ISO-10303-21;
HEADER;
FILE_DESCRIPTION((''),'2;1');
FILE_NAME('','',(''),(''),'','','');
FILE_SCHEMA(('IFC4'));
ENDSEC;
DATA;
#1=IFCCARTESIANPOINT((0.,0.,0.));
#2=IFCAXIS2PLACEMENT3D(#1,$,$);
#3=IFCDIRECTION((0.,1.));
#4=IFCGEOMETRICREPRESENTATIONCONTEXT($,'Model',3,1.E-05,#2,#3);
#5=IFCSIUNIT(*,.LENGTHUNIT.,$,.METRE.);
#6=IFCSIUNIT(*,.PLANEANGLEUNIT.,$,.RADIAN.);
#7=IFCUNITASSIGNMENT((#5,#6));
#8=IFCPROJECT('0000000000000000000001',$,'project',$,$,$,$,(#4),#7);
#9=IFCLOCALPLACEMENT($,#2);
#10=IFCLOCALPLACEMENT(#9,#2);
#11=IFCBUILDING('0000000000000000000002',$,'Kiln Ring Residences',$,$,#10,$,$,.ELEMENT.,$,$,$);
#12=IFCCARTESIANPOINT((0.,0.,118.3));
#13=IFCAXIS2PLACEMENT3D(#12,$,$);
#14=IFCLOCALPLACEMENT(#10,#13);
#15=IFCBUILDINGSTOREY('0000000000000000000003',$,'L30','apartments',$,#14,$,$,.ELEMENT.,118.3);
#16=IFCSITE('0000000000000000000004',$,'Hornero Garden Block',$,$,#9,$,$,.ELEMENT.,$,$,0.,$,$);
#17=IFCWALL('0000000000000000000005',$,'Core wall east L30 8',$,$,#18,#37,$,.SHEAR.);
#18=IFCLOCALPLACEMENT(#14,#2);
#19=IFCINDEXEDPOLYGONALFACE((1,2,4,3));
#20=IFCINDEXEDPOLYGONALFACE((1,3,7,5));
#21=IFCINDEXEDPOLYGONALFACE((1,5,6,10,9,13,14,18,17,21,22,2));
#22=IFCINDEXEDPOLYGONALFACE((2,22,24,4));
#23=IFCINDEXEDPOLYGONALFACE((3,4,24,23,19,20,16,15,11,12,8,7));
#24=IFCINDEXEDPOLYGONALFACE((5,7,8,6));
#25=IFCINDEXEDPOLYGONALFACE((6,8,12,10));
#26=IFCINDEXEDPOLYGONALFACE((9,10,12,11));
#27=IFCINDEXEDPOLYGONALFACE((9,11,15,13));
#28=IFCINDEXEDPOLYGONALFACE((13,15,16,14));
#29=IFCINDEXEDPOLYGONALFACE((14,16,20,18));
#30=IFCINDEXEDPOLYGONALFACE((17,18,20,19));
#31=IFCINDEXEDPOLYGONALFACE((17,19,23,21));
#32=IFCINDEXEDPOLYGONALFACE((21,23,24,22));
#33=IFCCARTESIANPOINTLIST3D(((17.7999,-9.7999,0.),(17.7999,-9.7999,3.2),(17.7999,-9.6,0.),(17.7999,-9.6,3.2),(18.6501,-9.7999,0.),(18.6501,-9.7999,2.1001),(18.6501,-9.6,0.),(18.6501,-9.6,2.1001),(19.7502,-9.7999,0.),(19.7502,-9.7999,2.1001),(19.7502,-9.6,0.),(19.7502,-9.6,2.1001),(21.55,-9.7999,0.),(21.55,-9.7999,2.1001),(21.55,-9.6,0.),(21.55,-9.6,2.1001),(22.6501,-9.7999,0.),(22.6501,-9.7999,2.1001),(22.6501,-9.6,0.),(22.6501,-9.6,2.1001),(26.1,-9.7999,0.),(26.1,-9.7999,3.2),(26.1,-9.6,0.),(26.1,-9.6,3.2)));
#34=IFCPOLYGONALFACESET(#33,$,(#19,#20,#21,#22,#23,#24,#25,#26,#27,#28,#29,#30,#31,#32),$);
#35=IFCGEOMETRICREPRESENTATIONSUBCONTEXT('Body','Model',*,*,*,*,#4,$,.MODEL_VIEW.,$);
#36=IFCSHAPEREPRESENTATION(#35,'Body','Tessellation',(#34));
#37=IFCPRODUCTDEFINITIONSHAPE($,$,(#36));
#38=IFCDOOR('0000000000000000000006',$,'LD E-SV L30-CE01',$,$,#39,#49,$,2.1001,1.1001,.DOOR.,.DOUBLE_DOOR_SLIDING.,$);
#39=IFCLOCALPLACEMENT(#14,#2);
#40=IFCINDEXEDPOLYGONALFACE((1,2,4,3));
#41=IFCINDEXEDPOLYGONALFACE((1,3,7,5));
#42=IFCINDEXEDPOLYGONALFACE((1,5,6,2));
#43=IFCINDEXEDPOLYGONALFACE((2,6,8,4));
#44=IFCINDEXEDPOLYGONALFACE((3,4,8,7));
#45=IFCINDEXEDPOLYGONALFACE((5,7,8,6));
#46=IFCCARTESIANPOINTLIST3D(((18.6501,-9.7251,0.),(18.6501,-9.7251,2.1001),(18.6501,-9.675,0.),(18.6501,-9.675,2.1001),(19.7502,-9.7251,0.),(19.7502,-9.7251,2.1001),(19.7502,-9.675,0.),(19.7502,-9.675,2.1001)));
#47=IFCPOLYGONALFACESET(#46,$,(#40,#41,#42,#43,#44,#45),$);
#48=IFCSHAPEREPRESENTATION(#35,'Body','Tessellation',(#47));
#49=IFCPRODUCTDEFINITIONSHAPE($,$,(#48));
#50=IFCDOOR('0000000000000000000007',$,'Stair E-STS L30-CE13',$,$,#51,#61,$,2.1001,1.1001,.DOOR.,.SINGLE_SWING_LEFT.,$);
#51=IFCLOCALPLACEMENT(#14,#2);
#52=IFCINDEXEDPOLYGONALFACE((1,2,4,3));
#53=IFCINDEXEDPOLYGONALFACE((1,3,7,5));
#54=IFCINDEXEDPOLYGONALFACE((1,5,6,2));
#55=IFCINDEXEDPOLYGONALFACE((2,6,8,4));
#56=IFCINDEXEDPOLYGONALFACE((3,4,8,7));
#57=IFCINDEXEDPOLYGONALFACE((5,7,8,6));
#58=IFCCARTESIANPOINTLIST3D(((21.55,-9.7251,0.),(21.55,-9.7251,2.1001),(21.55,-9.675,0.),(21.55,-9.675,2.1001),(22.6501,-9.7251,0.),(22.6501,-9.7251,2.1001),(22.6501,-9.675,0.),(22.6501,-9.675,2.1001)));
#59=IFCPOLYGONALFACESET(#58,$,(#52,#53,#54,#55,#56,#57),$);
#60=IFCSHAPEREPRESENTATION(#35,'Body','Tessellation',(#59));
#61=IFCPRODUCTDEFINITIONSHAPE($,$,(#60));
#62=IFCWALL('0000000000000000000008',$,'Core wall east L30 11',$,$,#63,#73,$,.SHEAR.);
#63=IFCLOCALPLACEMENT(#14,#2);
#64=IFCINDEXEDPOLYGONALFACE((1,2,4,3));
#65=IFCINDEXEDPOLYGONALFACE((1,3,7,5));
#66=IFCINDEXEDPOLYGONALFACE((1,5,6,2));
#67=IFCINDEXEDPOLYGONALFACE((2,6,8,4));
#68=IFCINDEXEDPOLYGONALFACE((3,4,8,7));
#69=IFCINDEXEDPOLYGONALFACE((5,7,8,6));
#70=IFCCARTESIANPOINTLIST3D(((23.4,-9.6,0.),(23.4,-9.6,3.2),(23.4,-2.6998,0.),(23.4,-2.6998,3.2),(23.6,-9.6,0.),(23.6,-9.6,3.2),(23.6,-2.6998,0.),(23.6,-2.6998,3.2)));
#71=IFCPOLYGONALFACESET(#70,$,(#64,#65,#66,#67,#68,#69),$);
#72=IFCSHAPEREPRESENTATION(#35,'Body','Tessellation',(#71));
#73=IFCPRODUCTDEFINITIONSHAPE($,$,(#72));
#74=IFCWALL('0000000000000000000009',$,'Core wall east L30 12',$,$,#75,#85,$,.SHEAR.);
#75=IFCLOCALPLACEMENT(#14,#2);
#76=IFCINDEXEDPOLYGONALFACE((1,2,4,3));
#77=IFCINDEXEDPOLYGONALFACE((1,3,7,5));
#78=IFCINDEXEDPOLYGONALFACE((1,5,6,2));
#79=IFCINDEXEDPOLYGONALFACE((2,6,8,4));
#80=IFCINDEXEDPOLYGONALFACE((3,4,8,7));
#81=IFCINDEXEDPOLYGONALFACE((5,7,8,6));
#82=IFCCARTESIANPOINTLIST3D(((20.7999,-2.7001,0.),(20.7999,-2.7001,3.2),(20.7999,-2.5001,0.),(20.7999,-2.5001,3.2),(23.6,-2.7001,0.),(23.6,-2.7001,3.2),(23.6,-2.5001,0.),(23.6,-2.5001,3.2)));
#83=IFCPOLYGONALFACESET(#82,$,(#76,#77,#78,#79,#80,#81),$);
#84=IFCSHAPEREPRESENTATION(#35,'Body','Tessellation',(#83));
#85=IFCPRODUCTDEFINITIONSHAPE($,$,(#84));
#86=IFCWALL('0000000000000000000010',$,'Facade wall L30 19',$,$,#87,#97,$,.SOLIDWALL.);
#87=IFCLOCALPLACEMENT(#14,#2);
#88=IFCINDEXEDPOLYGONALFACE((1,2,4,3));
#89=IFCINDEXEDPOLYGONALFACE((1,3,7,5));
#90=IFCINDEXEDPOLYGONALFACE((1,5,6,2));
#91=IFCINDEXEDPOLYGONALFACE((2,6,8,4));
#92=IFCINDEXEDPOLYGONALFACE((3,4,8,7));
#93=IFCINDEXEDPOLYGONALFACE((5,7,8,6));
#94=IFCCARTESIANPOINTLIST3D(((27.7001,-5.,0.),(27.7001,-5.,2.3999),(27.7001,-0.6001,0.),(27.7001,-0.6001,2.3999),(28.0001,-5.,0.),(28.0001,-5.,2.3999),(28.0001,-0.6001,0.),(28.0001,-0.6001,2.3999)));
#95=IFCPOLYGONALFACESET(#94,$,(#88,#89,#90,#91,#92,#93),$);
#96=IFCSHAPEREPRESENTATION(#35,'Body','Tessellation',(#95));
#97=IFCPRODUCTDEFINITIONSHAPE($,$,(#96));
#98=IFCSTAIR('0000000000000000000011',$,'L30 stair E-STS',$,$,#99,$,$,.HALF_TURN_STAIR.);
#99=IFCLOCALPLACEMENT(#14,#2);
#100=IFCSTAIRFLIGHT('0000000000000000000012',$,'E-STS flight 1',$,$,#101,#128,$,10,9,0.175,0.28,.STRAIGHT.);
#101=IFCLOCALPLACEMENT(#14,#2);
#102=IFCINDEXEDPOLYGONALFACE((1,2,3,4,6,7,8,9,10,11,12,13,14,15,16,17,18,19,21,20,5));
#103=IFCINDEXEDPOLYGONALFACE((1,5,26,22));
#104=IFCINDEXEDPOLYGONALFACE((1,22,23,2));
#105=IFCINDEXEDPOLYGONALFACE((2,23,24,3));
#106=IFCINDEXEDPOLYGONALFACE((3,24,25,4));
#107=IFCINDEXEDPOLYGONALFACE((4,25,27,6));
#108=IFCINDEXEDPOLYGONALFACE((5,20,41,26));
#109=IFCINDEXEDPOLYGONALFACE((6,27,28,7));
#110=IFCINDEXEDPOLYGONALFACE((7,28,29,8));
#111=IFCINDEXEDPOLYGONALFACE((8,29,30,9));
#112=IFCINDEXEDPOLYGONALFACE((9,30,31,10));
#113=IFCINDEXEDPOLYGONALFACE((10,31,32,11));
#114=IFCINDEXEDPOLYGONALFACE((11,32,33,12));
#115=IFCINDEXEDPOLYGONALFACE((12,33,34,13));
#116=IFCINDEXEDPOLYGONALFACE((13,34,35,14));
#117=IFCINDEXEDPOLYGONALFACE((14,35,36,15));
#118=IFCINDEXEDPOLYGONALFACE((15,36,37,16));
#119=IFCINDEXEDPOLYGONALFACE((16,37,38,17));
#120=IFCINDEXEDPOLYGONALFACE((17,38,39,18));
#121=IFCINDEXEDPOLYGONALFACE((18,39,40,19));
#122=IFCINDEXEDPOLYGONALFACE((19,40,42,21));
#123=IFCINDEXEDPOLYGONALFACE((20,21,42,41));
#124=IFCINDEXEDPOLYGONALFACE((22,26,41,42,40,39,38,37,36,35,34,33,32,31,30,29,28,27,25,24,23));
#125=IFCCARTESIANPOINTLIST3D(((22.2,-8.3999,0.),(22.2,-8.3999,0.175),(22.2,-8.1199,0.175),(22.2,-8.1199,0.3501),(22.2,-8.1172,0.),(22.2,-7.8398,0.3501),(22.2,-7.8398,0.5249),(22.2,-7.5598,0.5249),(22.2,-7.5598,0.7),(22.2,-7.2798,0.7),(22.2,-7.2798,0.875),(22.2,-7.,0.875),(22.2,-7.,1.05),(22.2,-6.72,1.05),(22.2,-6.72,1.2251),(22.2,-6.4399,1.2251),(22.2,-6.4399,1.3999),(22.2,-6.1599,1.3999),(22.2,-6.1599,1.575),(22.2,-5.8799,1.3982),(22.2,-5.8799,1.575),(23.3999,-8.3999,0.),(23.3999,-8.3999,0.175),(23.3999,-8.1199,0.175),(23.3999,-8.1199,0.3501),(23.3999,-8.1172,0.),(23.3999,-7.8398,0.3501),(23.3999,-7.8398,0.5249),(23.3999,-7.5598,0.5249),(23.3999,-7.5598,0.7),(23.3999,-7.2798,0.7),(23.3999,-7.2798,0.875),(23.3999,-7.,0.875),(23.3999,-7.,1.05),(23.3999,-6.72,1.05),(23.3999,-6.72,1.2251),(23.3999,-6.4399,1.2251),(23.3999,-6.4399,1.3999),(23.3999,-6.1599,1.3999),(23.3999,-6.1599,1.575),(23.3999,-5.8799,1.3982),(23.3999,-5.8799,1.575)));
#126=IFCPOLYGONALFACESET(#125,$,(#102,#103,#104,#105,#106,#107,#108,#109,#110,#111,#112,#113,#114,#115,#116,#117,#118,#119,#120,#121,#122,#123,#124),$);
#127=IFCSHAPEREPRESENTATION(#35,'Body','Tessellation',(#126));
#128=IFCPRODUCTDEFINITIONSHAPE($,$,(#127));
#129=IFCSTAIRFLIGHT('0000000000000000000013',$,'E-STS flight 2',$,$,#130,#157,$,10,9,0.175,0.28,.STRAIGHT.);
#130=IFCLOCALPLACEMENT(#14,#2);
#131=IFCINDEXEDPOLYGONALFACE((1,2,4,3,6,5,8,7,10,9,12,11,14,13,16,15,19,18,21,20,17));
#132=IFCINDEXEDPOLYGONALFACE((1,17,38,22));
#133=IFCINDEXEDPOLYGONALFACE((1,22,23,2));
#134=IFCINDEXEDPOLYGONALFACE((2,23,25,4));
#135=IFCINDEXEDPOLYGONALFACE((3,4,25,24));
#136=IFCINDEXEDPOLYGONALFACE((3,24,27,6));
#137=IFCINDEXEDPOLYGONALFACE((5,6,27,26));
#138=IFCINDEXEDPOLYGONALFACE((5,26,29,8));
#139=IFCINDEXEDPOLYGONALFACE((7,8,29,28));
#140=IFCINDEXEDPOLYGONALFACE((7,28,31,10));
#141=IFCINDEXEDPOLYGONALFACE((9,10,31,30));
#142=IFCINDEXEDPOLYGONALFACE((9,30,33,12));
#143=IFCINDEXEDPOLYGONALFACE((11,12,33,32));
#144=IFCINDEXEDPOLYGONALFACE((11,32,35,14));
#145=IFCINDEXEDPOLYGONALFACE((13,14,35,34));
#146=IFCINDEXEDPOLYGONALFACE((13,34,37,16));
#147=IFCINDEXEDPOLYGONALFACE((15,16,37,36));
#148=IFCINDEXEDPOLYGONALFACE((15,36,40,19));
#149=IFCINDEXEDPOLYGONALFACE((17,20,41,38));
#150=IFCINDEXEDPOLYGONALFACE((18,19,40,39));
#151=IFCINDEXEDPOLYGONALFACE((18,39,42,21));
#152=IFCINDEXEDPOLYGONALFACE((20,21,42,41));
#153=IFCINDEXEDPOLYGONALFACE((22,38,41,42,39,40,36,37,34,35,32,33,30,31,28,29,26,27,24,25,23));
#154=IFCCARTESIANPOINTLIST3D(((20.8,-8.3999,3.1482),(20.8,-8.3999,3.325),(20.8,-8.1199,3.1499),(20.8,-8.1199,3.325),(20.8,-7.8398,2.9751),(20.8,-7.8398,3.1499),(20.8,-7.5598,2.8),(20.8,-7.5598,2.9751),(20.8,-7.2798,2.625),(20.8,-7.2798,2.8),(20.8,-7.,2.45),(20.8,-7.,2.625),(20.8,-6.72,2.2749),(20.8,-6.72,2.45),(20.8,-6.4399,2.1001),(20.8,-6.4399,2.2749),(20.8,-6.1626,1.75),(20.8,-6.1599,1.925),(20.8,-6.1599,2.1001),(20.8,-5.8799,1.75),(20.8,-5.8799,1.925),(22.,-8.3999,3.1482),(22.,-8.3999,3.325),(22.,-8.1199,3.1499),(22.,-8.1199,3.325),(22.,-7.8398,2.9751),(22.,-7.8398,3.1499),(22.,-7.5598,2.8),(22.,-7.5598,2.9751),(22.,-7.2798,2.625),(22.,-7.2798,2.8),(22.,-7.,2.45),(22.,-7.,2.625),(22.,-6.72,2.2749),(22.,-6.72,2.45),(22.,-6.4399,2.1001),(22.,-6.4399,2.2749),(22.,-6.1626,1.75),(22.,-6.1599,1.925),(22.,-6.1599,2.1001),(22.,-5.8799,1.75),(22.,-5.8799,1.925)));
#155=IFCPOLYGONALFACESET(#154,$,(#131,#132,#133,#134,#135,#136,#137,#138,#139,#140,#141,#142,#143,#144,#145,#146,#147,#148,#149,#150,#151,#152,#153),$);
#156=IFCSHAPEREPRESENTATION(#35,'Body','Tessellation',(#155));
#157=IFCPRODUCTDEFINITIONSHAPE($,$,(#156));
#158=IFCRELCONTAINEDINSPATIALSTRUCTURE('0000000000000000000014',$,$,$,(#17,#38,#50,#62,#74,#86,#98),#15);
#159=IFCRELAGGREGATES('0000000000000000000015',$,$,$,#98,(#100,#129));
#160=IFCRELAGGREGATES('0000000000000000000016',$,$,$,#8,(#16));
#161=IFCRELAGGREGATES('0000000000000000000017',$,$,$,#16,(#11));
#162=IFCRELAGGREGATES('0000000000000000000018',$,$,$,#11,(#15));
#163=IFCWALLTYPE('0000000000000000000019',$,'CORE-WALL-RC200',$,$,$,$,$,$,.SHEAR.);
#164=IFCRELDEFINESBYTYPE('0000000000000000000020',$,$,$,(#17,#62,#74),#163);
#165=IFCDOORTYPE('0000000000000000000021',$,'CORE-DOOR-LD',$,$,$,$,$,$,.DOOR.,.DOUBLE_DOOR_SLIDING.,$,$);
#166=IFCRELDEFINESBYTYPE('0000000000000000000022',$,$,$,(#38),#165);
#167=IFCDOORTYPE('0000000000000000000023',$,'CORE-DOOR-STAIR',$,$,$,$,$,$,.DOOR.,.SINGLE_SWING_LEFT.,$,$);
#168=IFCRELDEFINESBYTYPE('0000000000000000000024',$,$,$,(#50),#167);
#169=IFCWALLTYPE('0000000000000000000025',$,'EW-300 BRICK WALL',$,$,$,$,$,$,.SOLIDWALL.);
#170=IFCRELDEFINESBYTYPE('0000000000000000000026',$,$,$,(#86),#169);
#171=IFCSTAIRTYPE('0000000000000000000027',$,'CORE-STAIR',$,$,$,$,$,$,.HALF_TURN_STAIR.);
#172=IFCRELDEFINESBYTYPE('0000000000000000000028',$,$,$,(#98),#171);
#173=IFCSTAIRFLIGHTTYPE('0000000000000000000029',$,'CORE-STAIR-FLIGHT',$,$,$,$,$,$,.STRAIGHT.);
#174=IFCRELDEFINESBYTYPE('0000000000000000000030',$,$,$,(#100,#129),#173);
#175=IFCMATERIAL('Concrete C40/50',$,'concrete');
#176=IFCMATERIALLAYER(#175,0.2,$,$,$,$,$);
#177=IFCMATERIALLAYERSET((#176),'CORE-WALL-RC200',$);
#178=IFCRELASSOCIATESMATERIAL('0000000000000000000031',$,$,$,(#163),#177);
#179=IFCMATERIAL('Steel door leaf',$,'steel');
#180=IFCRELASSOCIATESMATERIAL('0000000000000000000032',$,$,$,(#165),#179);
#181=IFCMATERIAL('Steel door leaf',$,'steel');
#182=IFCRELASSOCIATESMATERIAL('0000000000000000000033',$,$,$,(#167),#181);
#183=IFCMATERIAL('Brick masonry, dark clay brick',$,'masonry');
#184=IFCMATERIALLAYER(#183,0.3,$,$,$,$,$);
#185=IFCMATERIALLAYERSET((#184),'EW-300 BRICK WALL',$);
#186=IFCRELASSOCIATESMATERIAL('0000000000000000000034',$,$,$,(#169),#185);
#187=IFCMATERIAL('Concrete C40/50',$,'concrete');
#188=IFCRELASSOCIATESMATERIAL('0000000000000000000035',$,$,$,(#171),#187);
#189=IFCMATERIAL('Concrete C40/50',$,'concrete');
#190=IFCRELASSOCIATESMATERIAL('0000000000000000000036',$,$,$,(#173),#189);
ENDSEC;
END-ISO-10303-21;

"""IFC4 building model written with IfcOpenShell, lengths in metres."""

from ifc_helpers import new_model, si_unit, direction, frame, frame_2d, origin, place, context, subcontext, project, spatial, polyline, rectangle, outline, extrude, material, layer, layer_set, type_object, element, fill, aggregate, save


model = new_model("IFC4")

# Units and contexts
model_context = context("Model", 3, precision=1e-05, world=origin(), true_north=direction((0.0, 1.0)))
body_context = subcontext(model_context, "Body", "Model", "MODEL_VIEW")
ifc_project = project(units=[si_unit("LENGTHUNIT", "METRE"), si_unit("PLANEANGLEUNIT", "RADIAN")], contexts=[model_context])

# Site, building, storey
site_placement = place(None, origin())
site = spatial("IfcSite", under=ifc_project, at=site_placement, Name="Hornero Garden Block", CompositionType="ELEMENT", RefElevation=0.0)
building_placement = place(site_placement, origin())
building = spatial("IfcBuilding", under=site, at=building_placement, Name="Kiln Ring Residences", CompositionType="ELEMENT")
storey_placement = place(building_placement, frame((0.0, 0.0, 118.3)))
storey = spatial("IfcBuildingStorey", under=building, at=storey_placement, Name="L30", Description="apartments", CompositionType="ELEMENT", Elevation=118.3)

# Shared definitions
ifc_material_1 = material(Name="Concrete C40/50", Category="concrete")
ifc_layer_1 = layer(ifc_material_1, 0.2)
ifc_layer_set_1 = layer_set([ifc_layer_1], Name="CORE-WALL-RC200")
wall_type_1 = type_object("IfcWallType", Name="CORE-WALL-RC200", PredefinedType="SHEAR", material=ifc_layer_set_1)

# Wall, openings, doors
wall_1_placement = place(storey_placement, frame((17.8, -9.7, 0.0), z_axis=(0.0, 0.0, 1.0), x_axis=(1.0, 0.0, 0.0)))
wall_1 = element("IfcWall", 1, at=wall_1_placement, inside=storey, type_object=wall_type_1, Name="Core wall east L30 8", PredefinedType="SHEAR", context=body_context, shape_type="SweptSolid", body=[
    extrude(rectangle(XDim=8.3, YDim=0.2, at=frame_2d((4.1499, 0.0))), origin(), (0.0, 0.0, 1.0), 3.2),
])
opening_1_placement = place(wall_1_placement, frame((0.8501, 0.0, 0.0)))
opening_1 = element("IfcOpeningElement", 2, at=opening_1_placement, cuts=wall_1, PredefinedType="OPENING", context=body_context, shape_type="SweptSolid", body=[
    extrude(rectangle(XDim=1.1001, YDim=2.1001, at=frame_2d((0.55, 1.05))), frame((0.0, 0.1099, 0.0), z_axis=(0.0, -1.0, 0.0), x_axis=(1.0, 0.0, 0.0)), (0.0, 0.0, 1.0), 0.22),
])
opening_2_placement = place(wall_1_placement, frame((3.75, 0.0, 0.0)))
opening_2 = element("IfcOpeningElement", 3, at=opening_2_placement, cuts=wall_1, PredefinedType="OPENING", context=body_context, shape_type="SweptSolid", body=[
    extrude(rectangle(XDim=1.1001, YDim=2.1001, at=frame_2d((0.55, 1.05))), frame((0.0, 0.1099, 0.0), z_axis=(0.0, -1.0, 0.0), x_axis=(1.0, 0.0, 0.0)), (0.0, 0.0, 1.0), 0.22),
])
ifc_material_2 = material(Name="Steel door leaf", Category="steel")
door_type_1 = type_object("IfcDoorType", Name="CORE-DOOR-LD", OperationType="DOUBLE_DOOR_SLIDING", PredefinedType="DOOR", material=ifc_material_2)
door_1_placement = place(opening_1_placement, origin())
door_1 = element("IfcDoor", 4, at=door_1_placement, inside=storey, type_object=door_type_1, Name="LD E-SV L30-CE01", OperationType="DOUBLE_DOOR_SLIDING", OverallHeight=2.1001, OverallWidth=1.1001, PredefinedType="DOOR", context=body_context, shape_type="SweptSolid", body=[
    extrude(rectangle(XDim=1.1001, YDim=2.1001, at=frame_2d((0.55, 1.05))), frame((0.0, 0.0249, 0.0), z_axis=(0.0, -1.0, 0.0), x_axis=(1.0, 0.0, 0.0)), (0.0, 0.0, 1.0), 0.05),
])
fill(opening_1, door_1)
ifc_material_3 = material(Name="Steel door leaf", Category="steel")
door_type_2 = type_object("IfcDoorType", Name="CORE-DOOR-STAIR", OperationType="SINGLE_SWING_LEFT", PredefinedType="DOOR", material=ifc_material_3)
door_2_placement = place(opening_2_placement, origin())
door_2 = element("IfcDoor", 5, at=door_2_placement, inside=storey, type_object=door_type_2, Name="Stair E-STS L30-CE13", OperationType="SINGLE_SWING_LEFT", OverallHeight=2.1001, OverallWidth=1.1001, PredefinedType="DOOR", context=body_context, shape_type="SweptSolid", body=[
    extrude(rectangle(XDim=1.1001, YDim=2.1001, at=frame_2d((0.55, 1.05))), frame((0.0, 0.0249, 0.0), z_axis=(0.0, -1.0, 0.0), x_axis=(1.0, 0.0, 0.0)), (0.0, 0.0, 1.0), 0.05),
])
fill(opening_2, door_2)

# Walls
wall_2_placement = place(storey_placement, frame((23.5, -9.6001, 0.0), z_axis=(0.0, 0.0, 1.0), x_axis=(0.0, 1.0, 0.0)))
element("IfcWall", 6, at=wall_2_placement, inside=storey, type_object=wall_type_1, Name="Core wall east L30 11", PredefinedType="SHEAR", context=body_context, shape_type="SweptSolid", body=[
    extrude(rectangle(XDim=6.9001, YDim=0.2, at=frame_2d((3.4502, 0.0))), origin(), (0.0, 0.0, 1.0), 3.2),
])
wall_3_placement = place(storey_placement, frame((20.8, -2.6001, 0.0), z_axis=(0.0, 0.0, 1.0), x_axis=(1.0, 0.0, 0.0)))
element("IfcWall", 7, at=wall_3_placement, inside=storey, type_object=wall_type_1, Name="Core wall east L30 12", PredefinedType="SHEAR", context=body_context, shape_type="SweptSolid", body=[
    extrude(rectangle(XDim=2.8, YDim=0.2, at=frame_2d((1.3999, 0.0))), origin(), (0.0, 0.0, 1.0), 3.2),
])
ifc_material_4 = material(Name="Brick masonry, dark clay brick", Category="masonry")
ifc_layer_2 = layer(ifc_material_4, 0.3)
ifc_layer_set_2 = layer_set([ifc_layer_2], Name="EW-300 BRICK WALL")
wall_type_2 = type_object("IfcWallType", Name="EW-300 BRICK WALL", PredefinedType="SOLIDWALL", material=ifc_layer_set_2)
wall_4_placement = place(storey_placement, frame((27.8501, -5.0, 0.0), z_axis=(0.0, 0.0, 1.0), x_axis=(0.0, 1.0, 0.0)))
element("IfcWall", 8, at=wall_4_placement, inside=storey, type_object=wall_type_2, Name="Facade wall L30 19", PredefinedType="SOLIDWALL", context=body_context, shape_type="SweptSolid", body=[
    extrude(rectangle(XDim=4.3999, YDim=0.3, at=frame_2d((2.2, 0.0))), origin(), (0.0, 0.0, 1.0), 2.3999),
])

# Stair, stair flights
ifc_material_5 = material(Name="Concrete C40/50", Category="concrete")
stair_type = type_object("IfcStairType", Name="CORE-STAIR", PredefinedType="HALF_TURN_STAIR", material=ifc_material_5)
stair_placement = place(storey_placement, origin())
stair = element("IfcStair", 9, at=stair_placement, inside=storey, type_object=stair_type, Name="L30 stair E-STS", PredefinedType="HALF_TURN_STAIR")
ifc_material_6 = material(Name="Concrete C40/50", Category="concrete")
stair_flight_type = type_object("IfcStairFlightType", Name="CORE-STAIR-FLIGHT", PredefinedType="STRAIGHT", material=ifc_material_6)
stair_flight_1_placement = place(storey_placement, frame((22.8, -8.3999, 0.0), z_axis=(0.0, 0.0, 1.0), x_axis=(0.0, 1.0, 0.0)))
stair_flight_1 = element("IfcStairFlight", 10, at=stair_flight_1_placement, type_object=stair_flight_type, Name="E-STS flight 1", NumberOfRisers=10, NumberOfTreads=9, PredefinedType="STRAIGHT", RiserHeight=0.175, TreadLength=0.28, context=body_context, shape_type="SweptSolid", body=[
    extrude(outline(polyline([(0.0, 0.0), (0.0, 0.175), (0.28, 0.175), (0.28, 0.3501), (0.5601, 0.3501), (0.5601, 0.5249), (0.8401, 0.5249), (0.8401, 0.7), (1.1201, 0.7), (1.1201, 0.875), (1.3999, 0.875), (1.3999, 1.05), (1.6799, 1.05), (1.6799, 1.2251), (1.96, 1.2251), (1.96, 1.3999), (2.24, 1.3999), (2.24, 1.575), (2.52, 1.575), (2.52, 1.75), (2.52, 1.3982), (0.2827, 0.0), (0.0, 0.0)])), frame((0.0, 0.6001, 0.0), z_axis=(0.0, -1.0, 0.0), x_axis=(1.0, 0.0, 0.0)), (0.0, 0.0, 1.0), 1.2),
])
stair_flight_2_placement = place(storey_placement, frame((21.3999, -5.8799, 1.75), z_axis=(0.0, 0.0, 1.0), x_axis=(0.0, -1.0, 0.0)))
stair_flight_2 = element("IfcStairFlight", 11, at=stair_flight_2_placement, type_object=stair_flight_type, Name="E-STS flight 2", NumberOfRisers=10, NumberOfTreads=9, PredefinedType="STRAIGHT", RiserHeight=0.175, TreadLength=0.28, context=body_context, shape_type="SweptSolid", body=[
    extrude(outline(polyline([(0.0, 0.0), (0.0, 0.175), (0.28, 0.175), (0.28, 0.3501), (0.5601, 0.3501), (0.5601, 0.5249), (0.8401, 0.5249), (0.8401, 0.7), (1.1201, 0.7), (1.1201, 0.875), (1.3999, 0.875), (1.3999, 1.05), (1.6799, 1.05), (1.6799, 1.2251), (1.96, 1.2251), (1.96, 1.3999), (2.24, 1.3999), (2.24, 1.575), (2.52, 1.575), (2.52, 1.75), (2.52, 1.3982), (0.2827, 0.0), (0.0, 0.0)])), frame((0.0, 0.6001, 0.0), z_axis=(0.0, -1.0, 0.0), x_axis=(1.0, 0.0, 0.0)), (0.0, 0.0, 1.0), 1.2),
])
aggregate(stair, [stair_flight_1, stair_flight_2])

save(model, "model.ifc")
